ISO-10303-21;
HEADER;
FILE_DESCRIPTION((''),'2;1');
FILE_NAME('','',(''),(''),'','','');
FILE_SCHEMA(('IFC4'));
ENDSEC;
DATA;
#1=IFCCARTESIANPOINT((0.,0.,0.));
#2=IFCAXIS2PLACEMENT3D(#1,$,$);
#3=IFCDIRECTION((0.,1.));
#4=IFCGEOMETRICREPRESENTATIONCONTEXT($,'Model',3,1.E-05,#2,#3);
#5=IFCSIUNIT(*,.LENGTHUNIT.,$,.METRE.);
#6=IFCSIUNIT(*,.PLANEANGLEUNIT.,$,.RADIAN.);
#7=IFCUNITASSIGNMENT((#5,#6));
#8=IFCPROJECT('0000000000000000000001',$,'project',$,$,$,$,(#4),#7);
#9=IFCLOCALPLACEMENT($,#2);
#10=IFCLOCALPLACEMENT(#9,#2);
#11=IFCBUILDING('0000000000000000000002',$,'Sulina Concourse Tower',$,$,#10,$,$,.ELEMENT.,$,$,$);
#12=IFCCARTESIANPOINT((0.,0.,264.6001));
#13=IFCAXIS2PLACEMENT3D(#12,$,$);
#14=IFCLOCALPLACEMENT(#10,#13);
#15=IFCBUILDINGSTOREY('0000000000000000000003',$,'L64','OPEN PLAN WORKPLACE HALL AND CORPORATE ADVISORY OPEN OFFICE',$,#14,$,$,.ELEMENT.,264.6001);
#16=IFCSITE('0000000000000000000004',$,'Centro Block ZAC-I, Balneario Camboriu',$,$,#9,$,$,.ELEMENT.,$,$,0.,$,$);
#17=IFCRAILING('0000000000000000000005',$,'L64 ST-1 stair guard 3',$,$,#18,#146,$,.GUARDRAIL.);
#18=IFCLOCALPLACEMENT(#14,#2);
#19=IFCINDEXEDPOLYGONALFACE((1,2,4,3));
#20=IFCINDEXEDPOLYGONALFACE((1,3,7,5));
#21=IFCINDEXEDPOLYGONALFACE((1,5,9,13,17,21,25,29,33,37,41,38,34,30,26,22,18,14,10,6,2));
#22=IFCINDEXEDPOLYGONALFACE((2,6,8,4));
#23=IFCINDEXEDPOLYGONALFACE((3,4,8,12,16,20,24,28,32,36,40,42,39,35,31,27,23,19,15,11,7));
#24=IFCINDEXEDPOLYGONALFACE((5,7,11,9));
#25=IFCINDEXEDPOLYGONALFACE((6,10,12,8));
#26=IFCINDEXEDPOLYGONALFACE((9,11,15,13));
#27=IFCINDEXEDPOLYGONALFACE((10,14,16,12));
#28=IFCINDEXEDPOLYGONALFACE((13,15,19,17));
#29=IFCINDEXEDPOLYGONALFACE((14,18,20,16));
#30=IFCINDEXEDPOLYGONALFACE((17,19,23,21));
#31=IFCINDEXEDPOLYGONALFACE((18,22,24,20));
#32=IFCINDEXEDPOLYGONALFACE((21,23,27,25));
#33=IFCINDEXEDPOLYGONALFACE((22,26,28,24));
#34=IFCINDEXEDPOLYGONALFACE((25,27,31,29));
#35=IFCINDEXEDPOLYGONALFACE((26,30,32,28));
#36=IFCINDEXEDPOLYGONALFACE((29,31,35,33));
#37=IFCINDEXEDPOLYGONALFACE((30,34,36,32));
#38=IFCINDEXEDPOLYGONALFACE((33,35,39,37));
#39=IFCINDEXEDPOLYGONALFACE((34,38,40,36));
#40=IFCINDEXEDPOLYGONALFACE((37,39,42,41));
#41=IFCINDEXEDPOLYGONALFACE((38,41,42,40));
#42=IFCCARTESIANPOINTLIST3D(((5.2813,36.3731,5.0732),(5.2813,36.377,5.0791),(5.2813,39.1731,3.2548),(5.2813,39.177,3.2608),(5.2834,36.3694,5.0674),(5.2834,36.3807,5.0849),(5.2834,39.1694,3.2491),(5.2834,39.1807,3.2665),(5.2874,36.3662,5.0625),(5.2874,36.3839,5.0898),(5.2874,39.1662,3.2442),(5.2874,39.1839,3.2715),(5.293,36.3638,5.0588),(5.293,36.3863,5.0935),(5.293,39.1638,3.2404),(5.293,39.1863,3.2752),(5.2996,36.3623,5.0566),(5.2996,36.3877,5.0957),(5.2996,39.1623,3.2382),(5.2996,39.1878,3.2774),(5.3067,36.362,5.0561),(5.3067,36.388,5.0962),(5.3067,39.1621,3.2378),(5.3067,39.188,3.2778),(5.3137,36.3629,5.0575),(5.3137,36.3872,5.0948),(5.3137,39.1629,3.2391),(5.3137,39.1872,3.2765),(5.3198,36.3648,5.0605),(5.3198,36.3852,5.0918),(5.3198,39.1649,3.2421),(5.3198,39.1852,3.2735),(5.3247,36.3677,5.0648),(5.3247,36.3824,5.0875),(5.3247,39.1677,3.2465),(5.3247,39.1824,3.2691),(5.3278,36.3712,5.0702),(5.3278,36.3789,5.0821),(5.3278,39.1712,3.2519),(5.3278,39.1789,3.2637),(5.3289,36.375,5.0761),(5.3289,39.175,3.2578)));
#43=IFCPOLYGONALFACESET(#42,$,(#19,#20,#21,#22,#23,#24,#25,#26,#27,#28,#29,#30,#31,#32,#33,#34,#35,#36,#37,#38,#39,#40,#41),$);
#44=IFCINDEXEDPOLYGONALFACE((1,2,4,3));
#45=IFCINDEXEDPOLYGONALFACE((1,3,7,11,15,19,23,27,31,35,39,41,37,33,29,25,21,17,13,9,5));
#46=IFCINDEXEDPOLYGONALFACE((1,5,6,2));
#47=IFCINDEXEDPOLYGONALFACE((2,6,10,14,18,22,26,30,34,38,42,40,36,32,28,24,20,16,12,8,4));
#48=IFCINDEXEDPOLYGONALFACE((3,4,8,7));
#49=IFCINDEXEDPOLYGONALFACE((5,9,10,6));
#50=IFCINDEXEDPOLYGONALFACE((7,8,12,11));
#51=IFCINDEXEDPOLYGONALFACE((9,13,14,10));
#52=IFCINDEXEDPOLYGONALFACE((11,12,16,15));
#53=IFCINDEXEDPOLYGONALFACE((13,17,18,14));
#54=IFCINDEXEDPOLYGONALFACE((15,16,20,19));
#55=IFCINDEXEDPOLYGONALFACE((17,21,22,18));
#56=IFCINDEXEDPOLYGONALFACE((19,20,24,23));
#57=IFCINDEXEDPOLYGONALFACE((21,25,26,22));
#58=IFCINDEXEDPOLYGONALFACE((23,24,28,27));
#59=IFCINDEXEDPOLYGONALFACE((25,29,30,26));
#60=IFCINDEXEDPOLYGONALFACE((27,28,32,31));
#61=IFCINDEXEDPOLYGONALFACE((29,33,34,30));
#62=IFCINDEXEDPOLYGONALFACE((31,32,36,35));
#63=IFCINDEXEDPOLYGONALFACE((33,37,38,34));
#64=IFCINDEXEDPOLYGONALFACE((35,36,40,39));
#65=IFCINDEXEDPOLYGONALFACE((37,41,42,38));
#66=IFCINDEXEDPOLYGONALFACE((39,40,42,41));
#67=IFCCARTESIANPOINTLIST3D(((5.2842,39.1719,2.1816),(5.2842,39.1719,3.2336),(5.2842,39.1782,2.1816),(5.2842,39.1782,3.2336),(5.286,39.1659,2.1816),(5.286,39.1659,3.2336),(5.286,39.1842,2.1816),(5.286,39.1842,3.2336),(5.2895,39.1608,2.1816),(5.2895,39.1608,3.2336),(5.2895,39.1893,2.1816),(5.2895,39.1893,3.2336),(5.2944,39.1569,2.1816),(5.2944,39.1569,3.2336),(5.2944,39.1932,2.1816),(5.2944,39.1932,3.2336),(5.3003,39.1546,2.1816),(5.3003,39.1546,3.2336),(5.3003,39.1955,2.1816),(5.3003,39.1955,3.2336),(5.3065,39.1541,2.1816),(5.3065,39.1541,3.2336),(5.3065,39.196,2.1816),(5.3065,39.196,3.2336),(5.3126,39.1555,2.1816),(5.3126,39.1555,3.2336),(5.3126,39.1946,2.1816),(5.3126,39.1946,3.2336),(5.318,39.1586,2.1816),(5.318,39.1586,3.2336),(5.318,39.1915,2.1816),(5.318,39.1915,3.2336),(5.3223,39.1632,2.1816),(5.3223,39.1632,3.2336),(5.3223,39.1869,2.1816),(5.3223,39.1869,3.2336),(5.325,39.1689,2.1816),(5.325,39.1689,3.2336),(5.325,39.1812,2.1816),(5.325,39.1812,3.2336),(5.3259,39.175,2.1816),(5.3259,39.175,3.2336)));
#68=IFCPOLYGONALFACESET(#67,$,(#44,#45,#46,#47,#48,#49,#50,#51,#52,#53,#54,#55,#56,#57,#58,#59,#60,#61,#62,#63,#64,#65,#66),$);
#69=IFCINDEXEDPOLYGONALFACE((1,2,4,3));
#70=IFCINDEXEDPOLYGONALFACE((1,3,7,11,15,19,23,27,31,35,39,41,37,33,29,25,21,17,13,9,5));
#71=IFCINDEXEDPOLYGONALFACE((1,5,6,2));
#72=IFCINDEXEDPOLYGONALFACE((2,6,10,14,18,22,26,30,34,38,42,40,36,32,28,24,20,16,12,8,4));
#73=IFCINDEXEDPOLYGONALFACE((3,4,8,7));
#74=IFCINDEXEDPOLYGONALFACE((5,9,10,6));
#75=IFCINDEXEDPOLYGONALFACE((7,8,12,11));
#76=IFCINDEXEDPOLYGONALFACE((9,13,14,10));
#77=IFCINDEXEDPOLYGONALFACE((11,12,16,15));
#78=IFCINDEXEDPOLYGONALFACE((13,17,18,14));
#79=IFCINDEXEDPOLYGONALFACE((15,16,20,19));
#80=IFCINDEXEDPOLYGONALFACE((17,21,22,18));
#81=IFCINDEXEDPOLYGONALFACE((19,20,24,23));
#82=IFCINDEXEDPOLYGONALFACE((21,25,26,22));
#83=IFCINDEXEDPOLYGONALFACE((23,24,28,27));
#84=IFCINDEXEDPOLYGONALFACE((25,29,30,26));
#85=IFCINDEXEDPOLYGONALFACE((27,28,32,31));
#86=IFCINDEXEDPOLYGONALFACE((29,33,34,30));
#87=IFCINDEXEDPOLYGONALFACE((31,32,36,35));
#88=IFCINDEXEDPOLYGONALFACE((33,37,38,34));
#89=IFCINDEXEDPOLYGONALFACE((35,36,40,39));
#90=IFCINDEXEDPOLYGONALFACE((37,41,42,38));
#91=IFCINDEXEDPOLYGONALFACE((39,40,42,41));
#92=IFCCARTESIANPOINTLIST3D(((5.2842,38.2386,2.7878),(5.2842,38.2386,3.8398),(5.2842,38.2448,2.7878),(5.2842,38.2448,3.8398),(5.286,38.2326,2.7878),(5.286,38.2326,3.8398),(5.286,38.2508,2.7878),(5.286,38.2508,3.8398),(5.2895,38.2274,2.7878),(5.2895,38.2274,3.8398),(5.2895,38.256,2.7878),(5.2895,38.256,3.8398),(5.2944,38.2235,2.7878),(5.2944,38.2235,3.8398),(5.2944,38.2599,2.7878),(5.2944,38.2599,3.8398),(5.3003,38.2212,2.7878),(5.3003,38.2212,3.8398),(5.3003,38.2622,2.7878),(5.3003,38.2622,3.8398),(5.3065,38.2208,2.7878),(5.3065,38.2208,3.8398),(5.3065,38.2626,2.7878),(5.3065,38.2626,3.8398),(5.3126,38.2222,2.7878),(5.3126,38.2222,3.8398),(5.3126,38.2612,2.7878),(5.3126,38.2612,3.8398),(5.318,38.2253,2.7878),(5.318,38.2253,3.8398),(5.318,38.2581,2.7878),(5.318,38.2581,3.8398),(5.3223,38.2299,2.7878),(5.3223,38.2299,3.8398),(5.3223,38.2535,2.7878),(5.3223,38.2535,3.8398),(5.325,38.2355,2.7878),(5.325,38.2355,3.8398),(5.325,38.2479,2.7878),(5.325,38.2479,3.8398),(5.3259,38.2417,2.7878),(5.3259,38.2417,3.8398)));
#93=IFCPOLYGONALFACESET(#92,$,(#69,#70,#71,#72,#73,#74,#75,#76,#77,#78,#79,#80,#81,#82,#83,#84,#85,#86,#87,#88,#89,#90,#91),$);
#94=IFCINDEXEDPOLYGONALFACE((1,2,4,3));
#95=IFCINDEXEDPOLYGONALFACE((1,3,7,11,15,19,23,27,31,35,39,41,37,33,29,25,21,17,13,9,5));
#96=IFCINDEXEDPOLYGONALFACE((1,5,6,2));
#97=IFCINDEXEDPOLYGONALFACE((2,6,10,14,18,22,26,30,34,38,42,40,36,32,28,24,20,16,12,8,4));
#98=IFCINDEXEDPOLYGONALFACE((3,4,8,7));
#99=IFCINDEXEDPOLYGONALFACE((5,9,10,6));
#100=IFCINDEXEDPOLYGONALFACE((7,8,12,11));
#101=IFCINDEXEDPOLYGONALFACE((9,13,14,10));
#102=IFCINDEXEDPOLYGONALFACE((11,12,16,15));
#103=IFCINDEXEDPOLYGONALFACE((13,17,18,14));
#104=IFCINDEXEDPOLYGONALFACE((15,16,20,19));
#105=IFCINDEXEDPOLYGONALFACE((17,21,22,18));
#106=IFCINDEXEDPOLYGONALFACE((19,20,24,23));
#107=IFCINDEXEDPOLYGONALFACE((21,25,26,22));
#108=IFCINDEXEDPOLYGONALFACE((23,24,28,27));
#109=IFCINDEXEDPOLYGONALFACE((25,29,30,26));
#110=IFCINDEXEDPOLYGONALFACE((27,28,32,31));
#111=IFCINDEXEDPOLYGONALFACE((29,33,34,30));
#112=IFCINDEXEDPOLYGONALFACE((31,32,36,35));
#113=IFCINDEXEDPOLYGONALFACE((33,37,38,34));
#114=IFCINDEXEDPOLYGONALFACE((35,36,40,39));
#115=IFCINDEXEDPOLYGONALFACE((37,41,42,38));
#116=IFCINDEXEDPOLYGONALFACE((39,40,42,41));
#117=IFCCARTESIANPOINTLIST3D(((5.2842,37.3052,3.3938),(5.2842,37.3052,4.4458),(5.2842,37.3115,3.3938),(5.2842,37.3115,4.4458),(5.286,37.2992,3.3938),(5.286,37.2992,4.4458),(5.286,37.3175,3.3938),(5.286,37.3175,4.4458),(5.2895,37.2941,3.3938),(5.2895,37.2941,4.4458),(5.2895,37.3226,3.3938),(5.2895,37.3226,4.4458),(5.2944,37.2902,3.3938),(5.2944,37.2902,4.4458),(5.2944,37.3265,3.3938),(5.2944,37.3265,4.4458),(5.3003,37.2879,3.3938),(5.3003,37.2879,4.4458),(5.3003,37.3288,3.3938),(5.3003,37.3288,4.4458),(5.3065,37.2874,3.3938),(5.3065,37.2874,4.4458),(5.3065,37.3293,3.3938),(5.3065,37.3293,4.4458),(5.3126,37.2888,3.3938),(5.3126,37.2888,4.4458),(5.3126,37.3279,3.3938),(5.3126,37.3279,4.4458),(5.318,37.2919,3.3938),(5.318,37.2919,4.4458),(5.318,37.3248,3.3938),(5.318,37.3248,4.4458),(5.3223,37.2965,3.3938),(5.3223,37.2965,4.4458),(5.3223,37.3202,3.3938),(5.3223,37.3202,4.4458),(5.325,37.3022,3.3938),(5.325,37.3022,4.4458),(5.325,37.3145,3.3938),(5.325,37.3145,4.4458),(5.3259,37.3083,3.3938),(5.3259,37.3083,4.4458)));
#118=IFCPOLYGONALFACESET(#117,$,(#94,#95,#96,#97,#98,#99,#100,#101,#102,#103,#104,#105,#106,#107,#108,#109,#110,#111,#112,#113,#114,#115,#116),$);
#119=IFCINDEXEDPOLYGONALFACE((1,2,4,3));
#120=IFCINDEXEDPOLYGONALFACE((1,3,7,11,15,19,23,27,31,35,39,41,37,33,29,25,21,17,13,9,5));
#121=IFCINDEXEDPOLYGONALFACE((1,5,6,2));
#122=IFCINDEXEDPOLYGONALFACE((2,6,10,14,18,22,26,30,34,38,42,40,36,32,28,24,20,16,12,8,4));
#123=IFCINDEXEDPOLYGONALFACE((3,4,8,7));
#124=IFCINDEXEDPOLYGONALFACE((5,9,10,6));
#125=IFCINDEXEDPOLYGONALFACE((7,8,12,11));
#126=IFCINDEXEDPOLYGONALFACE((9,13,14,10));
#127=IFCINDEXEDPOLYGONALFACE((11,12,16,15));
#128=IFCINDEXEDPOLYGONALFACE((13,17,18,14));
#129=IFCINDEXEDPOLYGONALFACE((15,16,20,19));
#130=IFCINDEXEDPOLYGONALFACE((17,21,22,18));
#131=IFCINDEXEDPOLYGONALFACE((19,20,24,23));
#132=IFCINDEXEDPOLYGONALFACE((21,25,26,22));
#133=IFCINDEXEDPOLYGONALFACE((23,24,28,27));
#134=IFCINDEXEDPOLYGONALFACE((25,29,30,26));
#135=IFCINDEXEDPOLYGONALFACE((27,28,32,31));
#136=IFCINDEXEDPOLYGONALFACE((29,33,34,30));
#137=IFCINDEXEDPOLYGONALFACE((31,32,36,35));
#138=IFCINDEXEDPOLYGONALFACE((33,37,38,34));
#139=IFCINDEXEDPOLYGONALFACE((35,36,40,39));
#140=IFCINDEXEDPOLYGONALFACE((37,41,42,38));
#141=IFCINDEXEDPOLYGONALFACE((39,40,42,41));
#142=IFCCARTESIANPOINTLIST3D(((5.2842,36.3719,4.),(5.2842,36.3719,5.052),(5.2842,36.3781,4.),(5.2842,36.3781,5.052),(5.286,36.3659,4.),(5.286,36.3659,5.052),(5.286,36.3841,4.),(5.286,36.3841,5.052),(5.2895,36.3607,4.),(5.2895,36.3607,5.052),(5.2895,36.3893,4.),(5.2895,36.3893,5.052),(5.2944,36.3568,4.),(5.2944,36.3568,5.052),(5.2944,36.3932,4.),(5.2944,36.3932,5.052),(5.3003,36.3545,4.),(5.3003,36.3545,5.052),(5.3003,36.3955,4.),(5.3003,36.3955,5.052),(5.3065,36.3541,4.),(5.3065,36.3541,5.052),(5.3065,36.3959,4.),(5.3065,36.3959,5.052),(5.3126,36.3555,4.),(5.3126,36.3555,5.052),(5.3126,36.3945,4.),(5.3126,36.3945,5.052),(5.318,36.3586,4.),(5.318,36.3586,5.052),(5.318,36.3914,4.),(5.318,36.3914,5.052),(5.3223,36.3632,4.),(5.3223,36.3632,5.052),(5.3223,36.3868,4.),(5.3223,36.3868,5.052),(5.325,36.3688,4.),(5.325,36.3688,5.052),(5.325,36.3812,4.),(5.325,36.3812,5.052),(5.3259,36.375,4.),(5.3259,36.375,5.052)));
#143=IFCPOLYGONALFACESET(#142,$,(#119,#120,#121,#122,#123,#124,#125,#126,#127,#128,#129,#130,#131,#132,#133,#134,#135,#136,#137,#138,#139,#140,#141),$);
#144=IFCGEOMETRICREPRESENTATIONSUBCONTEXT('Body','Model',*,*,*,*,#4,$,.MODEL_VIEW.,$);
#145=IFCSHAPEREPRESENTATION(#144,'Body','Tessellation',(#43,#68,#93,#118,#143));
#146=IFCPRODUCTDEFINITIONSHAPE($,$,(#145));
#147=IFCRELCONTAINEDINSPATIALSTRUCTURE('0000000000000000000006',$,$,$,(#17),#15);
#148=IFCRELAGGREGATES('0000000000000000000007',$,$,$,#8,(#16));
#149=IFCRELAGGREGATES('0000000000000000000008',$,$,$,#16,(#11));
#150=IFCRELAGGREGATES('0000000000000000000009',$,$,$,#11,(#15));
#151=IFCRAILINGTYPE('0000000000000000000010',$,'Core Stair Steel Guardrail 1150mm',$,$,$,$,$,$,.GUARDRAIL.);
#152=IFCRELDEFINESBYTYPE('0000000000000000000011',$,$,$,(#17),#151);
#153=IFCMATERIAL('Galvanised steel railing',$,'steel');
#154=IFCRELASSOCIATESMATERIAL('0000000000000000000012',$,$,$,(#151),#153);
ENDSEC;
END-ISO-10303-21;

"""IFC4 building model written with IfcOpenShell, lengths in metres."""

from ifc_helpers import new_model, si_unit, direction, frame, origin, origin_2d, place, context, subcontext, project, spatial, circle, extrude, material, type_object, element, save


model = new_model("IFC4")

# Units and contexts
model_context = context("Model", 3, precision=1e-05, world=origin(), true_north=direction((0.0, 1.0)))
body_context = subcontext(model_context, "Body", "Model", "MODEL_VIEW")
ifc_project = project(units=[si_unit("LENGTHUNIT", "METRE"), si_unit("PLANEANGLEUNIT", "RADIAN")], contexts=[model_context])

# Site, building, storey
site_placement = place(None, origin())
site = spatial("IfcSite", under=ifc_project, at=site_placement, Name="Centro Block ZAC-I, Balneario Camboriu", CompositionType="ELEMENT", RefElevation=0.0)
building_placement = place(site_placement, origin())
building = spatial("IfcBuilding", under=site, at=building_placement, Name="Sulina Concourse Tower", CompositionType="ELEMENT")
storey_placement = place(building_placement, frame((0.0, 0.0, 264.6001)))
storey = spatial("IfcBuildingStorey", under=building, at=storey_placement, Name="L64", Description="OPEN PLAN WORKPLACE HALL AND CORPORATE ADVISORY OPEN OFFICE", CompositionType="ELEMENT", Elevation=264.6001)

# Railing
ifc_material_1 = material(Name="Galvanised steel railing", Category="steel")
railing_type_1 = type_object("IfcRailingType", Name="Core Stair Steel Guardrail 1150mm", PredefinedType="GUARDRAIL", material=ifc_material_1)
railing_1_placement = place(storey_placement, frame((5.3049, 39.175, 2.1816)))
element("IfcRailing", 1, at=railing_1_placement, inside=storey, type_object=railing_type_1, Name="L64 ST-1 stair guard 3", PredefinedType="GUARDRAIL", context=body_context, shape_type="SweptSolid", body=[
    extrude(circle(Radius=0.0239, at=origin_2d()), frame((0.0, 0.0, 1.0762), z_axis=(0.0, -0.838672, 0.544636), x_axis=(1.0, 0.0, 0.0)), (0.0, 0.0, 1.0), 3.3386),
    extrude(circle(Radius=0.021, at=origin_2d()), origin(), (0.0, 0.0, 1.0), 1.052),
    extrude(circle(Radius=0.021, at=origin_2d()), frame((0.0, -0.9333, 0.6062)), (0.0, 0.0, 1.0), 1.052),
    extrude(circle(Radius=0.021, at=origin_2d()), frame((0.0, -1.8667, 1.2122)), (0.0, 0.0, 1.0), 1.052),
    extrude(circle(Radius=0.021, at=origin_2d()), frame((0.0, -2.8, 1.8184)), (0.0, 0.0, 1.0), 1.052),
])

save(model, "model.ifc")
